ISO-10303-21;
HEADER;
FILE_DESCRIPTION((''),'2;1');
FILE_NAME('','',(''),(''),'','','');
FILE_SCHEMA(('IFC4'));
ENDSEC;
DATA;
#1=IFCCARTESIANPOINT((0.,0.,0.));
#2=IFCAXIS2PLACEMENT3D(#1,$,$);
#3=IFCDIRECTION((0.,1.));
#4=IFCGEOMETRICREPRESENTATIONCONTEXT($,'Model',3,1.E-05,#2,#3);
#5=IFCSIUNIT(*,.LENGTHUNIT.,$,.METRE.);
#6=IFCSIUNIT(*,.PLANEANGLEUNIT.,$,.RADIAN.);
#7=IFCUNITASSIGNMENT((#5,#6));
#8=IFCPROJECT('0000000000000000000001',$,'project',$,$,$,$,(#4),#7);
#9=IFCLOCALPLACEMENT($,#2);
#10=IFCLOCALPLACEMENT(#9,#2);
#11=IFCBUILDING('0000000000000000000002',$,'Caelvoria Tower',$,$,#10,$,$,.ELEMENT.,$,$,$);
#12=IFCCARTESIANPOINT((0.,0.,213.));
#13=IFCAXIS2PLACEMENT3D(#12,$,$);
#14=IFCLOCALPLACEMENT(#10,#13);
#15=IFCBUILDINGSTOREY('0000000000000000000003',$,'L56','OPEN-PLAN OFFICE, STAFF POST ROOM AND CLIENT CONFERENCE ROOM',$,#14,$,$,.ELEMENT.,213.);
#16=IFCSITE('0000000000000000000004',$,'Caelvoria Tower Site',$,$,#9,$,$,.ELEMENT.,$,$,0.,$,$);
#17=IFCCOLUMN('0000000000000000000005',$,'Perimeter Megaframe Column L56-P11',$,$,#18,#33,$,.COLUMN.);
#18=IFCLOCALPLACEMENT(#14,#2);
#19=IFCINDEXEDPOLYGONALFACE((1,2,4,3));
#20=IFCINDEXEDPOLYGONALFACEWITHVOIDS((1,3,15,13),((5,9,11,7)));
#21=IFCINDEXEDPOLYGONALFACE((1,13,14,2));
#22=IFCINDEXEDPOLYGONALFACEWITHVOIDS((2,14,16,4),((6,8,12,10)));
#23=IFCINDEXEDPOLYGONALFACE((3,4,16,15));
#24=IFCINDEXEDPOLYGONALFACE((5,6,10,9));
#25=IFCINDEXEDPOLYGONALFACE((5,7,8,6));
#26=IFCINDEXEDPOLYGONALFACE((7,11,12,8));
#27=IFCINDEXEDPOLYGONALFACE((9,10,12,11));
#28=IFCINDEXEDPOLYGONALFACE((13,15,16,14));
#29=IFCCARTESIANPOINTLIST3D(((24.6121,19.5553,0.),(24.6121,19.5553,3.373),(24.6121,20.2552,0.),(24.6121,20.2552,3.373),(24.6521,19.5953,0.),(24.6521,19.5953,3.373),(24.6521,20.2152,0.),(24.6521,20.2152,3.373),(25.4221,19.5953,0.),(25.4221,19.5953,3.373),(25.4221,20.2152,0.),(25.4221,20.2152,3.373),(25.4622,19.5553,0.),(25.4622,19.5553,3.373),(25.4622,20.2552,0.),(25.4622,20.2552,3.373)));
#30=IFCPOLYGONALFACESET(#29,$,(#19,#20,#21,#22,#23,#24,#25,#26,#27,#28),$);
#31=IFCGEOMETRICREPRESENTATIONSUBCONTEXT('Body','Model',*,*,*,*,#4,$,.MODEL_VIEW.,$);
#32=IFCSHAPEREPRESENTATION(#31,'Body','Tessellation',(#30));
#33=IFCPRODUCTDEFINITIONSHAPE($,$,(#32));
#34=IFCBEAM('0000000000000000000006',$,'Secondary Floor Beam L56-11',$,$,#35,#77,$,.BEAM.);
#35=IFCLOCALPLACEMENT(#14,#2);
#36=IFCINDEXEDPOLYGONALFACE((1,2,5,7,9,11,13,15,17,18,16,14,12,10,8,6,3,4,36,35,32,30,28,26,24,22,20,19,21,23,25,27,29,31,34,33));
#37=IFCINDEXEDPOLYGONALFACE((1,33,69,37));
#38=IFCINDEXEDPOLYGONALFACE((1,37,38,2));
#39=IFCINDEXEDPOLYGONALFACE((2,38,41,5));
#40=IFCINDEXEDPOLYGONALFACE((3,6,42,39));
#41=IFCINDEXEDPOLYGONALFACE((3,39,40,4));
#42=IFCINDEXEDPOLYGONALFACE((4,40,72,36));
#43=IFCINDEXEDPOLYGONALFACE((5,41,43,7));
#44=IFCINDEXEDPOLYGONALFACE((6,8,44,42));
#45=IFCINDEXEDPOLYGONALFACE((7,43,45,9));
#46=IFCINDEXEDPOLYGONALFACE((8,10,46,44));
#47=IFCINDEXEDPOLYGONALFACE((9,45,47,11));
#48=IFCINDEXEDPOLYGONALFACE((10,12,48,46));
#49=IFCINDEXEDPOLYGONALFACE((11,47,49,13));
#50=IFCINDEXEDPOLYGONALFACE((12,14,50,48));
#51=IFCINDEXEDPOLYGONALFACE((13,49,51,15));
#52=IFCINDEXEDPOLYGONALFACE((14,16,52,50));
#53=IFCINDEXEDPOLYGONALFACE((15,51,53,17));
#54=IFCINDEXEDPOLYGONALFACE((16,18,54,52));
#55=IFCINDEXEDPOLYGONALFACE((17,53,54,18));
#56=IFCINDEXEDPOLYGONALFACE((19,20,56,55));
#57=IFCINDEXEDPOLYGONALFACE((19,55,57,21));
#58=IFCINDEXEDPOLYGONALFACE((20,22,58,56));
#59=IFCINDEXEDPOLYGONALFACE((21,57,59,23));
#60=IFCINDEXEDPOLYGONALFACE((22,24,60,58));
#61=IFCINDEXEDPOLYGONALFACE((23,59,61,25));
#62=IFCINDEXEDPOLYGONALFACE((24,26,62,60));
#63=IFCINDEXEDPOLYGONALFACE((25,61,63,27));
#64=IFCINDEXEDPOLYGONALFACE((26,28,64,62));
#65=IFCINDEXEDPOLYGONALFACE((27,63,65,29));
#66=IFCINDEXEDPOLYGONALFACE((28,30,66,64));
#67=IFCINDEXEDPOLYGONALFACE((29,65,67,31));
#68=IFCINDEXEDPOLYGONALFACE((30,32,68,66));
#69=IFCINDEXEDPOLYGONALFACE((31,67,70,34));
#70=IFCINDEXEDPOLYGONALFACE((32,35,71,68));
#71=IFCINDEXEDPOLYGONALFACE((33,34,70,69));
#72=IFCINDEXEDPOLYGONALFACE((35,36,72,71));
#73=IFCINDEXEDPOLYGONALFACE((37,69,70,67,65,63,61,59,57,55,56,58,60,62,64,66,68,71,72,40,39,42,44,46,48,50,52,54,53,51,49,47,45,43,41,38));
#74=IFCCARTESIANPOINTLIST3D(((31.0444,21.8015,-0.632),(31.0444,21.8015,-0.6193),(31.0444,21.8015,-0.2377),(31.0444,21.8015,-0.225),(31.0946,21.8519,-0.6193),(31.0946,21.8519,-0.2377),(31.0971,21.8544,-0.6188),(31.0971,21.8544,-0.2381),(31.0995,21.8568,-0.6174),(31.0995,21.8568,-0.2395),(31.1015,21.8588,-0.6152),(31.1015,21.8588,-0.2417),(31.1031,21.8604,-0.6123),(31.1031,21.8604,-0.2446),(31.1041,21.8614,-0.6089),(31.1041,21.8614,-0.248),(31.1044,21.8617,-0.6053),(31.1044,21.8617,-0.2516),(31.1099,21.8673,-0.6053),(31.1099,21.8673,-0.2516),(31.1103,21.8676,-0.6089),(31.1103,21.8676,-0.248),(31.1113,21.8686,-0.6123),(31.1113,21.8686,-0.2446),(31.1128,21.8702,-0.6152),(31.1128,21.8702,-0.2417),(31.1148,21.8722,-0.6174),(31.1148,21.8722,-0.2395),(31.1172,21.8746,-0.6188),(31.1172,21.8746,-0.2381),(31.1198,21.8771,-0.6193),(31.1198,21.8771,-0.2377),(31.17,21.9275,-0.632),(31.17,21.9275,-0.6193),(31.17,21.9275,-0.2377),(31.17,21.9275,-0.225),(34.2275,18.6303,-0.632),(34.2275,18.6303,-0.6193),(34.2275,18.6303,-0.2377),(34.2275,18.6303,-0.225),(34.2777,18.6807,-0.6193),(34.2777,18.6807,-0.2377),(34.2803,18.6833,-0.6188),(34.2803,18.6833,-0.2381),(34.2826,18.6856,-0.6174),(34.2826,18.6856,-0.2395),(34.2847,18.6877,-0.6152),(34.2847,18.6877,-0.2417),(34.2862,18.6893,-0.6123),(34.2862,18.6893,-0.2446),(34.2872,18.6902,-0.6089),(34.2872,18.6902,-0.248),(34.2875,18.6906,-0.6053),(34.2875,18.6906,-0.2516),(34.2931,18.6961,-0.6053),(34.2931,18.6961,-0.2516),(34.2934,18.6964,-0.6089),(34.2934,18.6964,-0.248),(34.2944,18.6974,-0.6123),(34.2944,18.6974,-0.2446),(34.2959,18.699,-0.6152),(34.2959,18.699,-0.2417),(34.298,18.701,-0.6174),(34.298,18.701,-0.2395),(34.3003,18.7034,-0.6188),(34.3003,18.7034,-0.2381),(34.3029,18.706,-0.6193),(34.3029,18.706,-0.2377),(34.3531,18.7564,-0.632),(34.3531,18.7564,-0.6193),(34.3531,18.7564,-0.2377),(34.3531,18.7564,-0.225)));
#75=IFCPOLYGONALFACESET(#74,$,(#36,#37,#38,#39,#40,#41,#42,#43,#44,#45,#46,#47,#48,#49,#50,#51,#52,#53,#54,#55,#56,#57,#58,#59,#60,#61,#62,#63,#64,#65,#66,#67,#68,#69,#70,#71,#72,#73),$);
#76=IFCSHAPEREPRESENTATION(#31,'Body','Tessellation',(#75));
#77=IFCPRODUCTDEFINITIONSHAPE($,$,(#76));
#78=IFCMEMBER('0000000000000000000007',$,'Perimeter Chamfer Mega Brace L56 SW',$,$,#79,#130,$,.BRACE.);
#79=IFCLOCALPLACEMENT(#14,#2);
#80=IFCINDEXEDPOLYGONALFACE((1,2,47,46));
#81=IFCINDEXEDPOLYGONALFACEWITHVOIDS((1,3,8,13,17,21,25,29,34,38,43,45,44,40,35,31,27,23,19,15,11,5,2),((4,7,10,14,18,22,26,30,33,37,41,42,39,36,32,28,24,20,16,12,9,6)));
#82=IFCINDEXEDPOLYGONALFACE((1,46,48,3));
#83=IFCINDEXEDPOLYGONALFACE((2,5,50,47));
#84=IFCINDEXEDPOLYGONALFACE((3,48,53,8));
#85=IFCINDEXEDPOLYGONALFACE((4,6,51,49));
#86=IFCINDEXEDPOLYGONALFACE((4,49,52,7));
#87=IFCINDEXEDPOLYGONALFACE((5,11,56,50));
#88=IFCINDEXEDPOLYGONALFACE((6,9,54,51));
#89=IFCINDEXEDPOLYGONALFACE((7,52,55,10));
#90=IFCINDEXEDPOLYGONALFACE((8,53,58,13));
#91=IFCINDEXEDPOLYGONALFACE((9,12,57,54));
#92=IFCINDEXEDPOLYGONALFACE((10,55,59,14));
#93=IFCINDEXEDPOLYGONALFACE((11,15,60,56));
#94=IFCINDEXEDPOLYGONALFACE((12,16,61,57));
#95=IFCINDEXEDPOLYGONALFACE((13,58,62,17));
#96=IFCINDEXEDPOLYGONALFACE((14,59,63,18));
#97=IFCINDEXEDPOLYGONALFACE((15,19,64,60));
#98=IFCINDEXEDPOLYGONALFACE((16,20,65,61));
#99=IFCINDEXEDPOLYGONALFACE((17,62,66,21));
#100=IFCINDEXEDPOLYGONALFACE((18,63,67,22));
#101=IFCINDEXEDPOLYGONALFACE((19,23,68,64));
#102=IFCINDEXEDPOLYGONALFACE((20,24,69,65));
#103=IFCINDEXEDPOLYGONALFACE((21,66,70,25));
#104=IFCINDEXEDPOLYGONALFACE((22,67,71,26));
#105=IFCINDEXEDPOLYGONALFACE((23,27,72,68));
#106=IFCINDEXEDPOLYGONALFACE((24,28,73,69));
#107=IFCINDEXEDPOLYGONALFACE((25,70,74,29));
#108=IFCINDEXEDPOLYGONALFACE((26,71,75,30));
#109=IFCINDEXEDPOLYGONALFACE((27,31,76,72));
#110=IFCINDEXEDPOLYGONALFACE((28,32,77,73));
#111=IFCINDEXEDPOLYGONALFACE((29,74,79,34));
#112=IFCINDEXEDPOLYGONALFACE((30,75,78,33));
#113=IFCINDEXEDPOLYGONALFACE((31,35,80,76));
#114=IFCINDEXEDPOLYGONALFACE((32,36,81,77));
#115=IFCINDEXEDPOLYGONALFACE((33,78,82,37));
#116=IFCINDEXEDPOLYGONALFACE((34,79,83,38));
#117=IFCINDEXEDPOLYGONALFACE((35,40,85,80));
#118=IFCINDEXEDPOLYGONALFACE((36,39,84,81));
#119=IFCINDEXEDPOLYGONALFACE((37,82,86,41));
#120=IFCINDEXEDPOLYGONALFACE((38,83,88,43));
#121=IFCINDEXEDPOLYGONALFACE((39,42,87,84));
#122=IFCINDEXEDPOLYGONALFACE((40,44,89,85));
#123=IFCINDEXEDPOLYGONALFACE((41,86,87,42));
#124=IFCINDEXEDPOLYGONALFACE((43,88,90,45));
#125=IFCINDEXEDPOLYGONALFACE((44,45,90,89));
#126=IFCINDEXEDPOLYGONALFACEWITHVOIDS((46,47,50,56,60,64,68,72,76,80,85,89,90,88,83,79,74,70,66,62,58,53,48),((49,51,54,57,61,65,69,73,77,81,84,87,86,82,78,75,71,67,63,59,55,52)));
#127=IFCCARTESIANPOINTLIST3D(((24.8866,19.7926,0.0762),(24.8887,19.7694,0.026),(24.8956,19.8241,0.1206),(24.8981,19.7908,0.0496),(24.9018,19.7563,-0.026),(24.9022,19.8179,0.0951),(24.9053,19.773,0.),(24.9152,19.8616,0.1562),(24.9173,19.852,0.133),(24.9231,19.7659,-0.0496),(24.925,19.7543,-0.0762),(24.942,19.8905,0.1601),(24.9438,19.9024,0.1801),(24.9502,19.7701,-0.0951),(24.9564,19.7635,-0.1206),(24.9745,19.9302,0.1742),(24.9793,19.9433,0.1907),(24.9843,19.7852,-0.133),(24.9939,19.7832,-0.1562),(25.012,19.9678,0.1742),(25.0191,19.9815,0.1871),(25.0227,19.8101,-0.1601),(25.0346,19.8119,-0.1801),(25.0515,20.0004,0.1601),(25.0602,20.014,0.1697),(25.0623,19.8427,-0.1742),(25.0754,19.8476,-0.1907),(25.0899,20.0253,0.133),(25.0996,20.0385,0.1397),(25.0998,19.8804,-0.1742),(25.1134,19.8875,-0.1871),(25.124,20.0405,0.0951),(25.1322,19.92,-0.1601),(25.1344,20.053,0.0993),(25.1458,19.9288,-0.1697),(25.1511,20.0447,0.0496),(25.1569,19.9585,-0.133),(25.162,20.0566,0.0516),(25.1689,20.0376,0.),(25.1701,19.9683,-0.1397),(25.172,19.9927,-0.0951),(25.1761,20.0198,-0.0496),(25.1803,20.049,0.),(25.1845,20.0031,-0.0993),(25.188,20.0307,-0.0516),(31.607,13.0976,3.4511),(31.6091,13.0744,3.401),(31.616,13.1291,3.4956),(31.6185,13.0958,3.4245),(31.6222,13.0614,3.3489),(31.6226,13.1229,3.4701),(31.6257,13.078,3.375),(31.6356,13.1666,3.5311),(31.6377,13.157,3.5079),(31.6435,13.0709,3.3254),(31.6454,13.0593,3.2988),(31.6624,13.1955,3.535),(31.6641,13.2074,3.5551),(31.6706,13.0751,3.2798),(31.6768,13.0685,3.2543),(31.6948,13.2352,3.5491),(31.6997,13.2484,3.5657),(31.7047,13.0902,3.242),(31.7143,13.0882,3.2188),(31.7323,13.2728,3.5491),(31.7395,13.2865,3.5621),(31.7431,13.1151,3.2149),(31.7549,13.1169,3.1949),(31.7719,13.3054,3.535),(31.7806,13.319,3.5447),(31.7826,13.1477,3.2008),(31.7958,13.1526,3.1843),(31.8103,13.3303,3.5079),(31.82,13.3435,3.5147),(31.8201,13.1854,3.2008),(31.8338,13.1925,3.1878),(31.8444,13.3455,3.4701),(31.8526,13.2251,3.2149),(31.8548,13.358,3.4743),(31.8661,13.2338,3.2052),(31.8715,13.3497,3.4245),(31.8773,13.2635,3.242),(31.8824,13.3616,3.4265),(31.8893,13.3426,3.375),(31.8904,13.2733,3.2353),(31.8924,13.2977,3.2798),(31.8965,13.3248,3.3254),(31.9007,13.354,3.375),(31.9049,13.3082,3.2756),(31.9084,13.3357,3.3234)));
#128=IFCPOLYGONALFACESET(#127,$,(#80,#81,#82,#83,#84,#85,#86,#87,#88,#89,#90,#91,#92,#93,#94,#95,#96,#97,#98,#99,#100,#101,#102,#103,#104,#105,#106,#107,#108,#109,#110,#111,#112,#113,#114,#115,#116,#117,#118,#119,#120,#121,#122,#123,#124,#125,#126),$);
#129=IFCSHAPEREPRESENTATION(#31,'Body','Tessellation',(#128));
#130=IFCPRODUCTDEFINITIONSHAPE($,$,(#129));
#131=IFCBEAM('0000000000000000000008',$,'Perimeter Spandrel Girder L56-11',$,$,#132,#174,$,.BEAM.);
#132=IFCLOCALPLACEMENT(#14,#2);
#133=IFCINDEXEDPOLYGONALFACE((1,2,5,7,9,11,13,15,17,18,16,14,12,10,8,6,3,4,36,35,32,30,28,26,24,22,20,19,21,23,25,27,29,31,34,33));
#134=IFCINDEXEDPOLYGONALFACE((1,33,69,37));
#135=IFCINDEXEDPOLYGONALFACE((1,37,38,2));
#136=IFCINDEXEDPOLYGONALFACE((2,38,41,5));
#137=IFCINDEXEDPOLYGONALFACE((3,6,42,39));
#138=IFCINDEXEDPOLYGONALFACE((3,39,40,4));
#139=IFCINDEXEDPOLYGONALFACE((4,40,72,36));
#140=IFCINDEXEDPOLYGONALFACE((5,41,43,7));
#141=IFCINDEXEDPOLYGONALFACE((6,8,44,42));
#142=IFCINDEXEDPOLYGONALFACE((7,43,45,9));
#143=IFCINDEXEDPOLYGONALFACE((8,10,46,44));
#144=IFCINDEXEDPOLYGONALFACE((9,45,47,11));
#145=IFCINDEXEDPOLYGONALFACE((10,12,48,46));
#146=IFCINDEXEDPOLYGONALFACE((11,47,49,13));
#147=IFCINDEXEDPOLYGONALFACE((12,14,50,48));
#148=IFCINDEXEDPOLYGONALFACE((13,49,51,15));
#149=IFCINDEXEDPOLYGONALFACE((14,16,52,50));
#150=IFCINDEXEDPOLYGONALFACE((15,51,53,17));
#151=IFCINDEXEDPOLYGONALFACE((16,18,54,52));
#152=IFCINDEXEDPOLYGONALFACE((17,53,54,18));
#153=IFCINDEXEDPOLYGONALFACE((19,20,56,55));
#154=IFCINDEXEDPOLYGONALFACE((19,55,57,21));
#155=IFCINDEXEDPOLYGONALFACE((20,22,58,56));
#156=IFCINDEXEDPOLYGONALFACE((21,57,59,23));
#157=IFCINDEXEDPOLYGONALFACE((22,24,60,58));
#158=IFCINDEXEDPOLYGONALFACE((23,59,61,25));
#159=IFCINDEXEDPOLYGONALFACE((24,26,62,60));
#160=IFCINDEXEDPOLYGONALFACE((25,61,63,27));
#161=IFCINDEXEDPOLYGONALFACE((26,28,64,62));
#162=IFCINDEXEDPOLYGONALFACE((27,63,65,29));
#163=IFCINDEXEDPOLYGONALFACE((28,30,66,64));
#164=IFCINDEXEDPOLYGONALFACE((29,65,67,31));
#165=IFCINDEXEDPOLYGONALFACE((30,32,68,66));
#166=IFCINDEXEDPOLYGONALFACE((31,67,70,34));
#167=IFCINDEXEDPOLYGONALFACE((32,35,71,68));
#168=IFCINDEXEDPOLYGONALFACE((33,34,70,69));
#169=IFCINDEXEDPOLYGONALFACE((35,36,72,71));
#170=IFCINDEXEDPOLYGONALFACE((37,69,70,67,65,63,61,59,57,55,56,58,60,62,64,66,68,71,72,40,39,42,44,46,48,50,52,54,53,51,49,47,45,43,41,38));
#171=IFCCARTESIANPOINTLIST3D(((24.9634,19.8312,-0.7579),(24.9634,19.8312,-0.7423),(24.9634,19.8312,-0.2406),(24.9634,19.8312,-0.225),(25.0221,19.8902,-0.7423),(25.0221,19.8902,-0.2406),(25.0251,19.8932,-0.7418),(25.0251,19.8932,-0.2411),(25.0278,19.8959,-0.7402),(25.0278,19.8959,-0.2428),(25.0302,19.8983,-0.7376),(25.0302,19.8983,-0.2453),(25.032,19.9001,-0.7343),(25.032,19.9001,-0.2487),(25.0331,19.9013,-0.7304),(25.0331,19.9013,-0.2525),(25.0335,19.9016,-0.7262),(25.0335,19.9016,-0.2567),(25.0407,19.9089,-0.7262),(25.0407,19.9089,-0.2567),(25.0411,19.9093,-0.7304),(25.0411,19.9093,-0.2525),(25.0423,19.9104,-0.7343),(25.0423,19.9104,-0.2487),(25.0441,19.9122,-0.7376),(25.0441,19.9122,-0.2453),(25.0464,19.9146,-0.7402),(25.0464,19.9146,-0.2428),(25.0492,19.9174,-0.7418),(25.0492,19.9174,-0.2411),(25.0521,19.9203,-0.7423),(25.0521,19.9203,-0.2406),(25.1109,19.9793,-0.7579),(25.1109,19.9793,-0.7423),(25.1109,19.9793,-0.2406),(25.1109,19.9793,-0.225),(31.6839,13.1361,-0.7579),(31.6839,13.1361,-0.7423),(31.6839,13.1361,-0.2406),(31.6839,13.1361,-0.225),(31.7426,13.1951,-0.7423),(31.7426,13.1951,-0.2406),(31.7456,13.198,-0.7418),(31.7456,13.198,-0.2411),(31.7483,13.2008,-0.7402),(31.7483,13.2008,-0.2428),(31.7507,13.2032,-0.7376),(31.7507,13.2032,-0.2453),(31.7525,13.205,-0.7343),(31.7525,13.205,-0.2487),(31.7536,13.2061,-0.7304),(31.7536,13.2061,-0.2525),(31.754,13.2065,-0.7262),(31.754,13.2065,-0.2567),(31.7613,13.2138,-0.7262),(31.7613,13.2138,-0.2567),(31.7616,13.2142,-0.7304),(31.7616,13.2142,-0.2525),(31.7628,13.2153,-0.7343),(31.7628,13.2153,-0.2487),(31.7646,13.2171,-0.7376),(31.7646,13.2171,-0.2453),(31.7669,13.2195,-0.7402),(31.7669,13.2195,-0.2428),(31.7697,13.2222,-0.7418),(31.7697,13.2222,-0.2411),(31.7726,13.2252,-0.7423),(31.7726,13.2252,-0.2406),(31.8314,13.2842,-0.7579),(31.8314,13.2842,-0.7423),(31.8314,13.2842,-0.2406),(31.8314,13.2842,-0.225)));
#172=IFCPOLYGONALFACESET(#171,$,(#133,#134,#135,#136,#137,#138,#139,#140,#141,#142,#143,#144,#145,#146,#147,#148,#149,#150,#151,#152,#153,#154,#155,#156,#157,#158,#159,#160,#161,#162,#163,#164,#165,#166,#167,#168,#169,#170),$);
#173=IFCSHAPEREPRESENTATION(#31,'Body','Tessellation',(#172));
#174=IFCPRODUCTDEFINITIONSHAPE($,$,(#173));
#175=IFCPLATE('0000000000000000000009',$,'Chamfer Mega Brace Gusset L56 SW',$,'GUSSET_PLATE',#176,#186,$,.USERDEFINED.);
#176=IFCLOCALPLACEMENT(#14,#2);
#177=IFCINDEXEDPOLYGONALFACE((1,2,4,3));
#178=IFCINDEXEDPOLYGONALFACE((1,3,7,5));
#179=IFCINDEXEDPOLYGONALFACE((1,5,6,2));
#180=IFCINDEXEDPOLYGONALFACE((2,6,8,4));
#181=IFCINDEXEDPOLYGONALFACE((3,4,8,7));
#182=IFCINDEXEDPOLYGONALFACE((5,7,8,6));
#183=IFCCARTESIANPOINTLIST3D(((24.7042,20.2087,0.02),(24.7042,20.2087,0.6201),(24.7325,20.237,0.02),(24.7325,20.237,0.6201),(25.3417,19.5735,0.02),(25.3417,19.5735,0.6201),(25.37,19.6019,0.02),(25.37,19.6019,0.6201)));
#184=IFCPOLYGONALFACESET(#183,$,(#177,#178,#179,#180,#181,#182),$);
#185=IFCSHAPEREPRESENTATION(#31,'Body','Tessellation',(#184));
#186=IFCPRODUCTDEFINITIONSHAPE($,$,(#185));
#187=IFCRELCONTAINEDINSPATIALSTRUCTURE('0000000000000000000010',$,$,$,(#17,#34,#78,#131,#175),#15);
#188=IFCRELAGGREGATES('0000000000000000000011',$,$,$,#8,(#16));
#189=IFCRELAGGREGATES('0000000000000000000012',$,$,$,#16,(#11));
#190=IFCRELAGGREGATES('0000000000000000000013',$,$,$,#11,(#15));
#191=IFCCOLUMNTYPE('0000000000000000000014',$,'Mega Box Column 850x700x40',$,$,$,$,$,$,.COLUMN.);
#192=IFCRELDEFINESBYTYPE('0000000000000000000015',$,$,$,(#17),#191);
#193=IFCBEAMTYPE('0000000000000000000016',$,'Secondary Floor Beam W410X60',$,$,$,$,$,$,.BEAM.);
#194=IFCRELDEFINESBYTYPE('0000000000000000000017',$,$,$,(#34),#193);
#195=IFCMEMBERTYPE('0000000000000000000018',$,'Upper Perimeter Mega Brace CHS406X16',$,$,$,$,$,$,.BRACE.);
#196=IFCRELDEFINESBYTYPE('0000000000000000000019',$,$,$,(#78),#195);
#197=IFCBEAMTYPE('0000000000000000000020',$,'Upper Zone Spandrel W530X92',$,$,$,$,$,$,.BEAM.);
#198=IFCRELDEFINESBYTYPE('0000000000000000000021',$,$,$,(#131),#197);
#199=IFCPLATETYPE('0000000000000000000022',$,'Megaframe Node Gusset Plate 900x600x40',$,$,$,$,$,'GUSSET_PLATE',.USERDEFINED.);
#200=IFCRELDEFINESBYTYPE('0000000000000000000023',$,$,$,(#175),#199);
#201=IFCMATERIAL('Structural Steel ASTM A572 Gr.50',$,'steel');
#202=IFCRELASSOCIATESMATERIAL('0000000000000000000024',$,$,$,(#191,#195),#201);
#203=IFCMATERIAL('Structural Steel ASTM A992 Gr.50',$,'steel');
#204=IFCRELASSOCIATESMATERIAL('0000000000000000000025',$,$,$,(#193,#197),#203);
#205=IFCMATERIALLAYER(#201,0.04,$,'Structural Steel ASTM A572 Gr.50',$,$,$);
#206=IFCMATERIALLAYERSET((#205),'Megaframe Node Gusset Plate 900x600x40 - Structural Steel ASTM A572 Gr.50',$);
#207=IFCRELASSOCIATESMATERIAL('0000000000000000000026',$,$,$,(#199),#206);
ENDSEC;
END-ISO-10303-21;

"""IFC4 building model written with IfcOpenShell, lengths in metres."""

from ifc_helpers import new_model, si_unit, direction, frame, origin, origin_2d, place, context, subcontext, project, spatial, rectangle, hollow_rectangle, hollow_circle, i_section, extrude, material, layer, layer_set, material_profile, profile_set, type_object, element, save


model = new_model("IFC4")

# Units and contexts
model_context = context("Model", 3, precision=1e-05, world=origin(), true_north=direction((0.0, 1.0)))
body_context = subcontext(model_context, "Body", "Model", "MODEL_VIEW")
ifc_project = project(units=[si_unit("LENGTHUNIT", "METRE"), si_unit("PLANEANGLEUNIT", "RADIAN")], contexts=[model_context])

# Site, building, storey
site_placement = place(None, origin())
site = spatial("IfcSite", under=ifc_project, at=site_placement, Name="Caelvoria Tower Site", CompositionType="ELEMENT", RefElevation=0.0)
building_placement = place(site_placement, origin())
building = spatial("IfcBuilding", under=site, at=building_placement, Name="Caelvoria Tower", CompositionType="ELEMENT")
storey_placement = place(building_placement, frame((0.0, 0.0, 213.0)))
storey = spatial("IfcBuildingStorey", under=building, at=storey_placement, Name="L56", Description="OPEN-PLAN OFFICE, STAFF POST ROOM AND CLIENT CONFERENCE ROOM", CompositionType="ELEMENT", Elevation=213.0)

# Column
ifc_material_1 = material(Name="Structural Steel ASTM A572 Gr.50", Category="steel")
ifc_material_profile_1 = material_profile(ifc_material_1, hollow_rectangle(XDim=0.7, YDim=0.8501, WallThickness=0.04, at=origin_2d()), Name="Structural Steel ASTM A572 Gr.50")
ifc_profile_set_1 = profile_set([ifc_material_profile_1], Name="BOX850X700X40 - Structural Steel ASTM A572 Gr.50")
column_type = type_object("IfcColumnType", Name="Mega Box Column 850x700x40", PredefinedType="COLUMN", material=ifc_profile_set_1)
column_placement = place(storey_placement, frame((25.0371, 19.9053, 0.0), z_axis=(0.0, 0.0, 1.0), x_axis=(0.0, 1.0, 0.0)))
element("IfcColumn", 1, at=column_placement, inside=storey, type_object=column_type, Name="Perimeter Megaframe Column L56-P11", PredefinedType="COLUMN", context=body_context, shape_type="SweptSolid", body=[
    extrude(hollow_rectangle(XDim=0.7, YDim=0.8501, WallThickness=0.04, at=origin_2d()), origin(), (0.0, 0.0, 1.0), 3.373),
])

# Beam
ifc_material_2 = material(Name="Structural Steel ASTM A992 Gr.50", Category="steel")
ifc_material_profile_2 = material_profile(ifc_material_2, i_section(OverallWidth=0.178, OverallDepth=0.407, WebThickness=0.0078, FlangeThickness=0.0127, FilletRadius=0.0139, at=origin_2d()), Name="Structural Steel ASTM A992 Gr.50")
ifc_profile_set_2 = profile_set([ifc_material_profile_2], Name="W410X60 - Structural Steel ASTM A992 Gr.50")
beam_type_1 = type_object("IfcBeamType", Name="Secondary Floor Beam W410X60", PredefinedType="BEAM", material=ifc_profile_set_2)
beam_1_placement = place(storey_placement, frame((31.1072, 21.8645, -0.4285), z_axis=(0.708437, -0.705774, 0.0), x_axis=(0.705774, 0.708437, 0.0)))
element("IfcBeam", 2, at=beam_1_placement, inside=storey, type_object=beam_type_1, Name="Secondary Floor Beam L56-11", PredefinedType="BEAM", context=body_context, shape_type="SweptSolid", body=[
    extrude(i_section(OverallWidth=0.178, OverallDepth=0.407, WebThickness=0.0078, FlangeThickness=0.0127, FilletRadius=0.0139, at=origin_2d()), origin(), (0.0, 0.0, 1.0), 4.4932),
])

# Member
ifc_material_profile_3 = material_profile(ifc_material_1, hollow_circle(Radius=0.2029, WallThickness=0.0161, at=origin_2d()), Name="Structural Steel ASTM A572 Gr.50")
ifc_profile_set_3 = profile_set([ifc_material_profile_3], Name="CHS406X16 - Structural Steel ASTM A572 Gr.50")
member_type = type_object("IfcMemberType", Name="Upper Perimeter Mega Brace CHS406X16", PredefinedType="BRACE", material=ifc_profile_set_3)
member_placement = place(storey_placement, frame((25.0371, 19.9053, 0.0), z_axis=(0.667459, -0.664937, 0.335197), x_axis=(0.705767, 0.708444, 0.0)))
element("IfcMember", 3, at=member_placement, inside=storey, type_object=member_type, Name="Perimeter Chamfer Mega Brace L56 SW", PredefinedType="BRACE", context=body_context, shape_type="SweptSolid", body=[
    extrude(hollow_circle(Radius=0.2029, WallThickness=0.0161, at=origin_2d()), origin(), (0.0, 0.0, 1.0), 10.0686),
])

# Beam
ifc_material_profile_4 = material_profile(ifc_material_2, i_section(OverallWidth=0.209, OverallDepth=0.533, WebThickness=0.0103, FlangeThickness=0.0156, FilletRadius=0.0161, at=origin_2d()), Name="Structural Steel ASTM A992 Gr.50")
ifc_profile_set_4 = profile_set([ifc_material_profile_4], Name="W530X92 - Structural Steel ASTM A992 Gr.50")
beam_type_2 = type_object("IfcBeamType", Name="Upper Zone Spandrel W530X92", PredefinedType="BEAM", material=ifc_profile_set_4)
beam_2_placement = place(storey_placement, frame((25.0371, 19.9053, -0.4915), z_axis=(0.708444, -0.705767, 0.0), x_axis=(0.705767, 0.708444, 0.0)))
element("IfcBeam", 4, at=beam_2_placement, inside=storey, type_object=beam_type_2, Name="Perimeter Spandrel Girder L56-11", PredefinedType="BEAM", context=body_context, shape_type="SweptSolid", body=[
    extrude(i_section(OverallWidth=0.209, OverallDepth=0.533, WebThickness=0.0103, FlangeThickness=0.0156, FilletRadius=0.0161, at=origin_2d()), origin(), (0.0, 0.0, 1.0), 9.4863),
])

# Plate
ifc_layer_1 = layer(ifc_material_1, 0.04, Name="Structural Steel ASTM A572 Gr.50")
ifc_layer_set_1 = layer_set([ifc_layer_1], Name="Megaframe Node Gusset Plate 900x600x40 - Structural Steel ASTM A572 Gr.50")
plate_type = type_object("IfcPlateType", Name="Megaframe Node Gusset Plate 900x600x40", ElementType="GUSSET_PLATE", PredefinedType="USERDEFINED", material=ifc_layer_set_1)
plate_placement = place(storey_placement, frame((25.0371, 19.9053, 0.02), z_axis=(0.0, 0.0, 1.0), x_axis=(0.70844, -0.705771, 0.0)))
element("IfcPlate", 5, at=plate_placement, inside=storey, type_object=plate_type, Name="Chamfer Mega Brace Gusset L56 SW", ObjectType="GUSSET_PLATE", PredefinedType="USERDEFINED", context=body_context, shape_type="SweptSolid", body=[
    extrude(rectangle(XDim=0.8999, YDim=0.04, at=origin_2d()), origin(), (0.0, 0.0, 1.0), 0.6001),
])

save(model, "model.ifc")
